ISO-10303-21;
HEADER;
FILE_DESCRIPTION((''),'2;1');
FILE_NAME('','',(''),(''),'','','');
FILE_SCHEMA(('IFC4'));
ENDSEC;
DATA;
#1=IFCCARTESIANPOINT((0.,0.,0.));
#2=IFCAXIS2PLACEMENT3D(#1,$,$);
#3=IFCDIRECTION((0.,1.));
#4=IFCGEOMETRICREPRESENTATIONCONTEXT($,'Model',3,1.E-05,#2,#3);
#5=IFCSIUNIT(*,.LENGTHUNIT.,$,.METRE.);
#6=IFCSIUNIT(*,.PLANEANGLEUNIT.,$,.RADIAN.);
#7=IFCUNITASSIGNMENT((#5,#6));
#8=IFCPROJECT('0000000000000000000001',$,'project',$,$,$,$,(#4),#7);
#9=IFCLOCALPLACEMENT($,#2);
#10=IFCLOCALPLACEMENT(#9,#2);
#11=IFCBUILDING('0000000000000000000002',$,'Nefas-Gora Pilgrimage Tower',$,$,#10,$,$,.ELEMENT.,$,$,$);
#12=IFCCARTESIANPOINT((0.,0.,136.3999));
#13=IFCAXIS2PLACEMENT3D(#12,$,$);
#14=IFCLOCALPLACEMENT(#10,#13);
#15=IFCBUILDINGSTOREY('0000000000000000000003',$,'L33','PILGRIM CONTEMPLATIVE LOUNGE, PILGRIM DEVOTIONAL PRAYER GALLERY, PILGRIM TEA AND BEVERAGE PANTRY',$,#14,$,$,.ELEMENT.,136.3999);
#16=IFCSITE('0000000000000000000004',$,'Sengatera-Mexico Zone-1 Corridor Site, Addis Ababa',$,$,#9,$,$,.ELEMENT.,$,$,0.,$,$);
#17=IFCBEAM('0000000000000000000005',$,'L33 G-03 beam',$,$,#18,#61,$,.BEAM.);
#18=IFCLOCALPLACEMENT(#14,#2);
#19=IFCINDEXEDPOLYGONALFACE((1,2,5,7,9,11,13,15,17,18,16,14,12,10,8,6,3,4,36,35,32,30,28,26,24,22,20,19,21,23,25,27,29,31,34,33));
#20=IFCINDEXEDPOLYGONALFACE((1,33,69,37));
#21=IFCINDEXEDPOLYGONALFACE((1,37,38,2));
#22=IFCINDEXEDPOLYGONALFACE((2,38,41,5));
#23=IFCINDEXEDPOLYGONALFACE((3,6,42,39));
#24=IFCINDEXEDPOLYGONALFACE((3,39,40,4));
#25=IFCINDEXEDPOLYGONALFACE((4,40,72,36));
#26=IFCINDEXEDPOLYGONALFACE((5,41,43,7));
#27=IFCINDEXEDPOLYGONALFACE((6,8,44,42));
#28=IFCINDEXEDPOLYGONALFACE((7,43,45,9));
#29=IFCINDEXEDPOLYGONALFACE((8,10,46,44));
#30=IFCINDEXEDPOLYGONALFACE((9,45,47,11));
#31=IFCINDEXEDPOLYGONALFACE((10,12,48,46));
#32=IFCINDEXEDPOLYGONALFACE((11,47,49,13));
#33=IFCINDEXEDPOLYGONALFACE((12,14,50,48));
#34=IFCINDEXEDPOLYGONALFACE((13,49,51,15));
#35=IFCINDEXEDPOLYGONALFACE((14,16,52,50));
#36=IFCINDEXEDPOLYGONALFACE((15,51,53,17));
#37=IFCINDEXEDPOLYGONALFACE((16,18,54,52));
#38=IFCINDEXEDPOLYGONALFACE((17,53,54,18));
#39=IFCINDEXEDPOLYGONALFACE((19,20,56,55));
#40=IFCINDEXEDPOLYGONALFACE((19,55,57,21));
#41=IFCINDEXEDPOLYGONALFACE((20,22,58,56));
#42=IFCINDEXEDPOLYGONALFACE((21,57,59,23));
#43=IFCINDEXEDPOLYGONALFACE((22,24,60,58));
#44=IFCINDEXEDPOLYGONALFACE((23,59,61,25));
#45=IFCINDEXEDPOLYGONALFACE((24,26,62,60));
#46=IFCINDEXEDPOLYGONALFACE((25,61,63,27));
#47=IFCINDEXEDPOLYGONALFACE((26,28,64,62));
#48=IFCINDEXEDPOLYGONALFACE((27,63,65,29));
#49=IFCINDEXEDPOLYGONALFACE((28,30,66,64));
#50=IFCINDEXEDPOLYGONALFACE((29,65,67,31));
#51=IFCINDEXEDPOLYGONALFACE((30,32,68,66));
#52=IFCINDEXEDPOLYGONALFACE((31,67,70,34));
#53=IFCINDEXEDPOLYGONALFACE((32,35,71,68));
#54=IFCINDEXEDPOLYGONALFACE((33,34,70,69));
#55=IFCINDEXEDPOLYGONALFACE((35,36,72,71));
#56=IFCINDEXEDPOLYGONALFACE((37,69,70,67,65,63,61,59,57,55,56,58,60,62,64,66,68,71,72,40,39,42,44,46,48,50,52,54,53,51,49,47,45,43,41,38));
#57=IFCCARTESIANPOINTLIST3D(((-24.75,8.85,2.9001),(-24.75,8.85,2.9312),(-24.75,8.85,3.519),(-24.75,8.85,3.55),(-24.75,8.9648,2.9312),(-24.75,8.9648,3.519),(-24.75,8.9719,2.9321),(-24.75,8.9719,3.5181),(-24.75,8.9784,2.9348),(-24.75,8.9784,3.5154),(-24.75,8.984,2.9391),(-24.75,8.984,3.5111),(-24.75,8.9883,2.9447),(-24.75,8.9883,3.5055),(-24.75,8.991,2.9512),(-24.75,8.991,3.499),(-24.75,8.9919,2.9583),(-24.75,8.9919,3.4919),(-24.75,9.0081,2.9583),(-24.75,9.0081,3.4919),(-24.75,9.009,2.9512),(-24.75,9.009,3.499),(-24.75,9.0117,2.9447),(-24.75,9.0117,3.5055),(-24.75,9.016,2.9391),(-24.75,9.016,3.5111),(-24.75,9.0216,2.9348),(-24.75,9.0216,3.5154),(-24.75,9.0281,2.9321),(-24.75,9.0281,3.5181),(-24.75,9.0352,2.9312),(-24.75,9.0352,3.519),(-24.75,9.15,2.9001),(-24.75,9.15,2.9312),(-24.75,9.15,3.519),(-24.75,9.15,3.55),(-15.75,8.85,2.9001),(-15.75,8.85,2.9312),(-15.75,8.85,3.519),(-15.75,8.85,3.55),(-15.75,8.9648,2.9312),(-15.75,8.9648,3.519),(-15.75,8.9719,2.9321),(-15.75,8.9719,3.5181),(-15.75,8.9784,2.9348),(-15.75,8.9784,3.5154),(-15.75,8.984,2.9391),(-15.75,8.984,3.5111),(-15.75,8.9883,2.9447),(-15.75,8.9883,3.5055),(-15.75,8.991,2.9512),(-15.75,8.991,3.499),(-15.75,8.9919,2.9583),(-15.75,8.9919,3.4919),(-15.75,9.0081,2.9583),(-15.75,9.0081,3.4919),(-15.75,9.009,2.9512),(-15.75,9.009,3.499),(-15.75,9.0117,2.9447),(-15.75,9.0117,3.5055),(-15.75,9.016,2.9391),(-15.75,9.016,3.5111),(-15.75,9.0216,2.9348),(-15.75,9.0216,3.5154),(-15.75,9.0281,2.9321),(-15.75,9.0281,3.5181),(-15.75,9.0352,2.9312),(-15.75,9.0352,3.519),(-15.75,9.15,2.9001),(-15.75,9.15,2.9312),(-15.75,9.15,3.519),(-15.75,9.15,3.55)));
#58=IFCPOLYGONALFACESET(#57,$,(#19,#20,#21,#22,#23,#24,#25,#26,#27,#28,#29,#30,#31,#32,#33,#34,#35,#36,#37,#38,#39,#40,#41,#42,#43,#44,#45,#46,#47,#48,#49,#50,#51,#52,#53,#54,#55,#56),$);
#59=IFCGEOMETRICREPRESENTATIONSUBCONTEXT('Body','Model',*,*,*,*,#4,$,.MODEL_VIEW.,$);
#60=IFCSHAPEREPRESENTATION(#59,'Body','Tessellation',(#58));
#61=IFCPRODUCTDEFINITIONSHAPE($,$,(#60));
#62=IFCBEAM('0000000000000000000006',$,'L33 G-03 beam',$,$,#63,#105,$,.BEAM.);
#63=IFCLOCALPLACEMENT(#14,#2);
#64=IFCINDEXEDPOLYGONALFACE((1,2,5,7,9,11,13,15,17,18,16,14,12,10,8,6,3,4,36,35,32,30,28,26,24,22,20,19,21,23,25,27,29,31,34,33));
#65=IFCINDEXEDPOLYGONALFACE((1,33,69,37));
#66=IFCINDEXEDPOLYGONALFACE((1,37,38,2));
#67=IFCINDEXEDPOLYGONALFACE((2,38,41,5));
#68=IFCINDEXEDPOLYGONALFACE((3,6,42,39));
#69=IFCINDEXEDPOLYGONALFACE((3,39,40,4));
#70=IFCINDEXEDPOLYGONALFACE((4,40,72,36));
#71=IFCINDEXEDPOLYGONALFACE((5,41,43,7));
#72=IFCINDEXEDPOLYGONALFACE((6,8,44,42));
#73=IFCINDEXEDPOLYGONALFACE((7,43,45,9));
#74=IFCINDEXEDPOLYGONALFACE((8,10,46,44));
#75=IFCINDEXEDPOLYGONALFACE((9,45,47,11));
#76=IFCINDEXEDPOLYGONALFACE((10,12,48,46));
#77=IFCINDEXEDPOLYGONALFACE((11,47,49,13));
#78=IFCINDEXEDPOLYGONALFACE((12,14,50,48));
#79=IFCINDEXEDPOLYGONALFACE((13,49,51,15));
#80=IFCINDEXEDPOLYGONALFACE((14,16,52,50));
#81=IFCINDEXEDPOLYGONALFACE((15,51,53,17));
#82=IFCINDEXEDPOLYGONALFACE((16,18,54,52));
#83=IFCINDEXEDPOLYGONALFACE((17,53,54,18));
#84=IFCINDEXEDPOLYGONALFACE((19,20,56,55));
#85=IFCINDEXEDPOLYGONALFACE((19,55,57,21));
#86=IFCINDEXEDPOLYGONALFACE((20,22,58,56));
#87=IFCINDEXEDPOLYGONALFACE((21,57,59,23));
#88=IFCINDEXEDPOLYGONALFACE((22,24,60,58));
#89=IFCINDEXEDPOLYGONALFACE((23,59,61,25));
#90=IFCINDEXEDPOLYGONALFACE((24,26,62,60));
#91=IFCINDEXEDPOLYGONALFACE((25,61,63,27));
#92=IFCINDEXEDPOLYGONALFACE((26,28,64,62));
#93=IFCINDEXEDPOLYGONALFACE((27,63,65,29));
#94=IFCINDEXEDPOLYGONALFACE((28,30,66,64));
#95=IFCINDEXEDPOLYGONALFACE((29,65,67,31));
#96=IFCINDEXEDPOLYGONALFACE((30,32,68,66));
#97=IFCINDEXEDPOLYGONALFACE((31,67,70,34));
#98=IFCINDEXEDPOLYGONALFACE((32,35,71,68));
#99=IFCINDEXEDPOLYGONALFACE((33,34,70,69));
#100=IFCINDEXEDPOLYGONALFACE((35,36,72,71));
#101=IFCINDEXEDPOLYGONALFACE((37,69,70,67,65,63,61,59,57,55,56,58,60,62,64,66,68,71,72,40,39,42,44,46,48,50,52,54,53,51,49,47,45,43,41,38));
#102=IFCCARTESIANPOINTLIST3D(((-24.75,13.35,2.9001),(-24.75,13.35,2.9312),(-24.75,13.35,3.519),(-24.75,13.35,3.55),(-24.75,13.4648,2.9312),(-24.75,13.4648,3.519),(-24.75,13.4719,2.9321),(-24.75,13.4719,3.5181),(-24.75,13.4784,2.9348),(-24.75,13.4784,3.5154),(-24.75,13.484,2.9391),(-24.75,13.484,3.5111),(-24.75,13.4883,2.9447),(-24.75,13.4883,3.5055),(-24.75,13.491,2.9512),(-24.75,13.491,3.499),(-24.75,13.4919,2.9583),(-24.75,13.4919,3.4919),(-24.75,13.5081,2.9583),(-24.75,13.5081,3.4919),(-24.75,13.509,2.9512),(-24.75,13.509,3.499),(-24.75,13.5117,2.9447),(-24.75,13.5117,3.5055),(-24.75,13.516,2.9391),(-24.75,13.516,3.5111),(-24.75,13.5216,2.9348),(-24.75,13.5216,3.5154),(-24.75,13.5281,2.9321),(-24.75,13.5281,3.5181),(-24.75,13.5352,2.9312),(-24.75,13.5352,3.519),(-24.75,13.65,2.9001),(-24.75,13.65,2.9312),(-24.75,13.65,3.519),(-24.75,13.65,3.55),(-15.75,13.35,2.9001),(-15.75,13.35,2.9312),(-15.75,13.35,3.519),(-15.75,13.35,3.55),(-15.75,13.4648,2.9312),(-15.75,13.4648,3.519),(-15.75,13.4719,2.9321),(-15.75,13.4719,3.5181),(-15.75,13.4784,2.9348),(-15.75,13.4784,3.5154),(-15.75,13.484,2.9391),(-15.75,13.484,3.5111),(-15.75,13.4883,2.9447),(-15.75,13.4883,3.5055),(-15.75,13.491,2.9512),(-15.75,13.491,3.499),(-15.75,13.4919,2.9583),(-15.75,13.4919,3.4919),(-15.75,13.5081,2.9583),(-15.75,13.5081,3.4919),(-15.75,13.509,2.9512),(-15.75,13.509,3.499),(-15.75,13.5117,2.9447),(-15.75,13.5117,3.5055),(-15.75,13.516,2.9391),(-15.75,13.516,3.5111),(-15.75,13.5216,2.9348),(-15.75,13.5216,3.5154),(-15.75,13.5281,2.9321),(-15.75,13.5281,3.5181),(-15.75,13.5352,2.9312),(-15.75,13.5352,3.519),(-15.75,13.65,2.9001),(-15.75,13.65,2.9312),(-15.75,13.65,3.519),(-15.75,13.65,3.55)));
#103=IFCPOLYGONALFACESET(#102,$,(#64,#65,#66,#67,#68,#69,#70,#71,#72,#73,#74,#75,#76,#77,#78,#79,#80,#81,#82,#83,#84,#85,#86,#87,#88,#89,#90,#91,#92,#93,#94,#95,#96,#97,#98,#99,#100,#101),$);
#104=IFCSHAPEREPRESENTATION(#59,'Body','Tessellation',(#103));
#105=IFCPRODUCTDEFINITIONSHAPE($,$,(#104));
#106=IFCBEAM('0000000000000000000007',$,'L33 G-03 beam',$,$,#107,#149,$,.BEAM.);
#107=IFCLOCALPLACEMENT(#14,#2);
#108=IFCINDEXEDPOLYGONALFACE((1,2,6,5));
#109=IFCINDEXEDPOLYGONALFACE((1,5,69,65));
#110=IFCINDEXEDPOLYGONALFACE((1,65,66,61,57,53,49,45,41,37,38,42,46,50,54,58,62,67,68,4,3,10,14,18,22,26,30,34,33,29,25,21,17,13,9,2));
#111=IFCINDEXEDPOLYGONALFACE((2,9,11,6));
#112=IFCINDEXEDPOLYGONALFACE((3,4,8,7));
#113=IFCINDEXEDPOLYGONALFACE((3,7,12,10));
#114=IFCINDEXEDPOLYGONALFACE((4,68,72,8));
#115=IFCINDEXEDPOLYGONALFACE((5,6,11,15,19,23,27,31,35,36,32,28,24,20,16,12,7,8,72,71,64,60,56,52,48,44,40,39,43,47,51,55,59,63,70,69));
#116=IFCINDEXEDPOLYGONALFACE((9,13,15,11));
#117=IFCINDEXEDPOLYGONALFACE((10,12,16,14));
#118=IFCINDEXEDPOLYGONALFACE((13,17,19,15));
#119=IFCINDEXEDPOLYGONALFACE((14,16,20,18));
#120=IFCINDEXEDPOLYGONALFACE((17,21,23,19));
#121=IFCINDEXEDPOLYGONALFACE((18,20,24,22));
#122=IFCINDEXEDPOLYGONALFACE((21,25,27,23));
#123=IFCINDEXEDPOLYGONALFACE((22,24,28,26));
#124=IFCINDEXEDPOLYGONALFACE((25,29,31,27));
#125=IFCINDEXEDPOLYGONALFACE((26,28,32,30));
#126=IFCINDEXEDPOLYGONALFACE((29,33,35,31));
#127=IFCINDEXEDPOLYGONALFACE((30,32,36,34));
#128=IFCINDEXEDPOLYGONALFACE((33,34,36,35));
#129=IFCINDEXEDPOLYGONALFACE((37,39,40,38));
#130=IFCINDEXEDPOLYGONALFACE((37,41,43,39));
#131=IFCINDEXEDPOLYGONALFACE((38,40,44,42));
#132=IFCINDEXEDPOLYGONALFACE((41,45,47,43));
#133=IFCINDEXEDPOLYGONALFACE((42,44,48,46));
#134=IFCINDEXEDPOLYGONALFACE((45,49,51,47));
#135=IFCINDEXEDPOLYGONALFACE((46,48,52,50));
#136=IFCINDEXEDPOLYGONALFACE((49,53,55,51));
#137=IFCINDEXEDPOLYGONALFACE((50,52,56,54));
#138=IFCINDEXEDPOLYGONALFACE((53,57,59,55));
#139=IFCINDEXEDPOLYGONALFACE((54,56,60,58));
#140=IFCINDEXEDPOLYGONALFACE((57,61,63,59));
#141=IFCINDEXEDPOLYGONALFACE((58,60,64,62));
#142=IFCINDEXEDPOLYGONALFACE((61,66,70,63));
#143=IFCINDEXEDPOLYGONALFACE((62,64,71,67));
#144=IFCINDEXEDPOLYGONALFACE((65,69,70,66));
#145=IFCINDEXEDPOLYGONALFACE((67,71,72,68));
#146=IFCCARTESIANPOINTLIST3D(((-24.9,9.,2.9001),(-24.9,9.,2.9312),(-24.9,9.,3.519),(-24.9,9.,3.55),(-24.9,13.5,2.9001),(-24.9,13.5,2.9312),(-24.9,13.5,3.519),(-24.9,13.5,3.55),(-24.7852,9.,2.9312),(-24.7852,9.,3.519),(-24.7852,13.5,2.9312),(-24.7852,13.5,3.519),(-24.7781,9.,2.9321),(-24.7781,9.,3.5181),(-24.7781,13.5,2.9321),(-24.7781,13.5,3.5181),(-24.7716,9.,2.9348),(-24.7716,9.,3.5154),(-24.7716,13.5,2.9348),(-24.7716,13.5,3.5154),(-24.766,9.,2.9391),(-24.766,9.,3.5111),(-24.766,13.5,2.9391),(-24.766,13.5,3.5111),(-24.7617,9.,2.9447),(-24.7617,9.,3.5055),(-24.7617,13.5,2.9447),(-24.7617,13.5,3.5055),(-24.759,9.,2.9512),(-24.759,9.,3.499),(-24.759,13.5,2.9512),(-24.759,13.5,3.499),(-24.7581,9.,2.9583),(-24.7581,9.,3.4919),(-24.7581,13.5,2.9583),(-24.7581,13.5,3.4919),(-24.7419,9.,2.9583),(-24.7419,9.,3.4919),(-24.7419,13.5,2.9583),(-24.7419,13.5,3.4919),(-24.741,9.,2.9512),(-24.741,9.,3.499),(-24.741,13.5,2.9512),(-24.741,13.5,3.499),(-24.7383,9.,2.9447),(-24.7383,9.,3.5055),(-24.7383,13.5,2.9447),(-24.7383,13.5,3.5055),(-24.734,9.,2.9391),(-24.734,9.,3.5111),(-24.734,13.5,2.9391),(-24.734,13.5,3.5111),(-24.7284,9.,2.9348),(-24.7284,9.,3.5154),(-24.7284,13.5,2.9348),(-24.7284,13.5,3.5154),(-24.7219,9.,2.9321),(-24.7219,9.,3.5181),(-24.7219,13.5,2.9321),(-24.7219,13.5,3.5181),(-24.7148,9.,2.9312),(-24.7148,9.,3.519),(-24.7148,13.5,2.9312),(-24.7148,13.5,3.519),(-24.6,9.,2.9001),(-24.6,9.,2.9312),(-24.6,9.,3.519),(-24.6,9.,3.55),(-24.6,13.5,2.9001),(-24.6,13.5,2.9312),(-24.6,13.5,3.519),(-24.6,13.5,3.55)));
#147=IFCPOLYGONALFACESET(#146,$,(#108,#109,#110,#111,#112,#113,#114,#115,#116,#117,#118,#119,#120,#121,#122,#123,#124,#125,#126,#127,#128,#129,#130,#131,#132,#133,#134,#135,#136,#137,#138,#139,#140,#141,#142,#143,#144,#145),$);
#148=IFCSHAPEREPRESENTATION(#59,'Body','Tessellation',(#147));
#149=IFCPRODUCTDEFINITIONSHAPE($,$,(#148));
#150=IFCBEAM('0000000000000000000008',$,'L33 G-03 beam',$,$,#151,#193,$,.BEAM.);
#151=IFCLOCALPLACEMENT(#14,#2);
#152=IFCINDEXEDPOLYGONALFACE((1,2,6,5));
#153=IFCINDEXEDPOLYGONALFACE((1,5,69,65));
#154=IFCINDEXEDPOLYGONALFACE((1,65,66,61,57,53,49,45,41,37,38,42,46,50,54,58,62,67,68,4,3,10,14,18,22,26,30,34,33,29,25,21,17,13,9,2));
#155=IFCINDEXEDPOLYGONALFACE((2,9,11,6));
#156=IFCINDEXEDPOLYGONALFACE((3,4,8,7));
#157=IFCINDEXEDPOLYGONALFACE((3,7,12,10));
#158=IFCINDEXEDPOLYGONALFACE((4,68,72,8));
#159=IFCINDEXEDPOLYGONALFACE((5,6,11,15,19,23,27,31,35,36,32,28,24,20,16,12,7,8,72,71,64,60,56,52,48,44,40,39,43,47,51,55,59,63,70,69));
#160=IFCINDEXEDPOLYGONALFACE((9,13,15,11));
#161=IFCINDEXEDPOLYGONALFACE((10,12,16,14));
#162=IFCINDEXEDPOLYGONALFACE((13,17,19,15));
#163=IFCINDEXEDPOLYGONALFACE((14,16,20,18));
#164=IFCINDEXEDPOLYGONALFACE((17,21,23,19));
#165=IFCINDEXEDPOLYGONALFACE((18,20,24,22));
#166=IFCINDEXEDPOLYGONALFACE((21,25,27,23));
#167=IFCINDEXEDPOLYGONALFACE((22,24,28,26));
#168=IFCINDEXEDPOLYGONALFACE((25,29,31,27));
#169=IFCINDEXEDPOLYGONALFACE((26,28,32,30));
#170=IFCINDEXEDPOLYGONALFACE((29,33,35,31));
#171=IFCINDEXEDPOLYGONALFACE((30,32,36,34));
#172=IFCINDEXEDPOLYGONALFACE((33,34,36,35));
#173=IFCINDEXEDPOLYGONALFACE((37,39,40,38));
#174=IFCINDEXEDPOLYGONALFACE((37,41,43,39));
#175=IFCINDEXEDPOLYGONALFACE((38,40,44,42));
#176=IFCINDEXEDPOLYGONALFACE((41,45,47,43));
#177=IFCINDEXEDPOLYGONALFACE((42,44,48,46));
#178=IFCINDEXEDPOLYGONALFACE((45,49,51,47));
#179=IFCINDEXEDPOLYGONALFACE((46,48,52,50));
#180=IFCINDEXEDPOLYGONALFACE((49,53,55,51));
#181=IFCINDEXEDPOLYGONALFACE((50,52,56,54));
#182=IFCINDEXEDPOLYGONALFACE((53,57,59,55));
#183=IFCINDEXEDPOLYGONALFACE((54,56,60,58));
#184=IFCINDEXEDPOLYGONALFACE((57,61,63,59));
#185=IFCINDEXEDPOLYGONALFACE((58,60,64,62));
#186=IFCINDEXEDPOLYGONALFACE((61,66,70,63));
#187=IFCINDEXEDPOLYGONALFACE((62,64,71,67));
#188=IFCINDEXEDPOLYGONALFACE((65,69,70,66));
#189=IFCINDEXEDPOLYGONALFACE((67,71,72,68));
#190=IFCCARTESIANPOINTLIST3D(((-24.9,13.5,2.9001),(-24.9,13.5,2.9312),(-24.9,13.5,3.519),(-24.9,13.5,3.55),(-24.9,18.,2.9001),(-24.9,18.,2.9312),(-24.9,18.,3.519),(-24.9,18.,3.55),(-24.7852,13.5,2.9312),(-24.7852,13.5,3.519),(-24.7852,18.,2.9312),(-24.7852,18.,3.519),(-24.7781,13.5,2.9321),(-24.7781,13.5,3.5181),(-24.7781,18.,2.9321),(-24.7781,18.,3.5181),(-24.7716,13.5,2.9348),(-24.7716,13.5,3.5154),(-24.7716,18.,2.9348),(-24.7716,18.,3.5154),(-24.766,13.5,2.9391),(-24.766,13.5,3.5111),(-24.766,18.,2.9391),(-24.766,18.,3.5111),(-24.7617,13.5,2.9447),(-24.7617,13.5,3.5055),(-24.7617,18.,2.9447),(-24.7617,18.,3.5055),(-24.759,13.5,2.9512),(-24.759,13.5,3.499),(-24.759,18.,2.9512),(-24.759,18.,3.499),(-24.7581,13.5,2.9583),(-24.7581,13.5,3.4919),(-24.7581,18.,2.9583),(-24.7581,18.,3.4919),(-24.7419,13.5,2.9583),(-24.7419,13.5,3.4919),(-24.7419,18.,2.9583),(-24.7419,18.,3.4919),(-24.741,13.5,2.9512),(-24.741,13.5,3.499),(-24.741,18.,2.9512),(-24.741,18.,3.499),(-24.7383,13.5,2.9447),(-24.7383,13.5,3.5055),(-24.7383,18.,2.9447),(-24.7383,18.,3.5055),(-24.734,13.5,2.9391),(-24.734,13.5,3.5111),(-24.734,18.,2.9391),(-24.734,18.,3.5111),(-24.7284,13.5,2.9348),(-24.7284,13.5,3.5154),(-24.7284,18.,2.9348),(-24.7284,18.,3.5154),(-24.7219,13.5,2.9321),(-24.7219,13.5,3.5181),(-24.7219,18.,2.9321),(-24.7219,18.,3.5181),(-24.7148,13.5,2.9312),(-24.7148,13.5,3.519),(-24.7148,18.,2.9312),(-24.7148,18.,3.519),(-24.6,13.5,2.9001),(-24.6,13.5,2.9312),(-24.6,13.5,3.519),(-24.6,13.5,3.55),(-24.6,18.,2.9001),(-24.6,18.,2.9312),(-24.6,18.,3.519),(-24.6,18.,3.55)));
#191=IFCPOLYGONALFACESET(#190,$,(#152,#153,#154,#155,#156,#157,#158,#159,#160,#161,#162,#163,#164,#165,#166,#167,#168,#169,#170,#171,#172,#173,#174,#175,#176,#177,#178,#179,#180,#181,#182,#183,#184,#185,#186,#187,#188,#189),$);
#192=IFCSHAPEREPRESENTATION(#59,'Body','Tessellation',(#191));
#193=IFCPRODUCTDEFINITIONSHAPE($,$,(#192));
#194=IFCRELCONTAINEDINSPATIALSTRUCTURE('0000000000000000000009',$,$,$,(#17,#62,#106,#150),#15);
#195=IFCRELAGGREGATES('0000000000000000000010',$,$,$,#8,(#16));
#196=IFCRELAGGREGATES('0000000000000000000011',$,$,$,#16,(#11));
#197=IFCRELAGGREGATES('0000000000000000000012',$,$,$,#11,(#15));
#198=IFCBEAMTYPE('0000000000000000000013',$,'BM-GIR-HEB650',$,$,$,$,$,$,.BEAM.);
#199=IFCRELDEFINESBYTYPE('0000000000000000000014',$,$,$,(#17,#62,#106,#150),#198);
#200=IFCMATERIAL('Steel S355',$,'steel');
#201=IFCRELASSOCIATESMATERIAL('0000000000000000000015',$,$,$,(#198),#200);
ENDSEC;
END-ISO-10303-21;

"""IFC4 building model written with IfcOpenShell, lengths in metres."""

from ifc_helpers import new_model, si_unit, direction, frame, origin, origin_2d, place, context, subcontext, project, spatial, i_section, extrude, source, transform, mapped, material, material_profile, profile_set, type_object, element, save


model = new_model("IFC4")

# Units and contexts
model_context = context("Model", 3, precision=1e-05, world=origin(), true_north=direction((0.0, 1.0)))
body_context = subcontext(model_context, "Body", "Model", "MODEL_VIEW")
ifc_project = project(units=[si_unit("LENGTHUNIT", "METRE"), si_unit("PLANEANGLEUNIT", "RADIAN")], contexts=[model_context])

# Site, building, storey
site_placement = place(None, origin())
site = spatial("IfcSite", under=ifc_project, at=site_placement, Name="Sengatera-Mexico Zone-1 Corridor Site, Addis Ababa", CompositionType="ELEMENT", RefElevation=0.0)
building_placement = place(site_placement, origin())
building = spatial("IfcBuilding", under=site, at=building_placement, Name="Nefas-Gora Pilgrimage Tower", CompositionType="ELEMENT")
storey_placement = place(building_placement, frame((0.0, 0.0, 136.3999)))
storey = spatial("IfcBuildingStorey", under=building, at=storey_placement, Name="L33", Description="PILGRIM CONTEMPLATIVE LOUNGE, PILGRIM DEVOTIONAL PRAYER GALLERY, PILGRIM TEA AND BEVERAGE PANTRY", CompositionType="ELEMENT", Elevation=136.3999)

# Beams
ifc_material_1 = material(Name="Steel S355", Category="steel")
ifc_material_profile_1 = material_profile(ifc_material_1, i_section(OverallWidth=0.3, OverallDepth=0.6499, WebThickness=0.0161, FlangeThickness=0.031, FilletRadius=0.0271, at=origin_2d()), Name="HEB 650")
ifc_profile_set_1 = profile_set([ifc_material_profile_1], Name="Steel S355")
beam_type_1 = type_object("IfcBeamType", Name="BM-GIR-HEB650", PredefinedType="BEAM", material=ifc_profile_set_1)
shared_shape_1 = source(origin(), body_context, "Body", "SweptSolid", [
    extrude(i_section(OverallWidth=0.3, OverallDepth=0.6499, WebThickness=0.0161, FlangeThickness=0.031, FilletRadius=0.0271, at=origin_2d()), origin(), (0.0, 0.0, 1.0), 9.0),
])
for number, where, z_axis, x_axis, name in (
    (1, (-24.75, 9.0, 3.2251), (1.0, 0.0, 0.0), (0.0, 1.0, 0.0), "L33 G-03 beam"),
    (2, (-24.75, 13.5, 3.2251), (1.0, 0.0, 0.0), (0.0, 1.0, 0.0), "L33 G-03 beam"),
):
    element("IfcBeam", number, at=place(storey_placement, frame(where, z_axis=z_axis, x_axis=x_axis)), inside=storey, type_object=beam_type_1, Name=name, PredefinedType="BEAM", context=body_context, shape_type="MappedRepresentation", body=[
        mapped(shared_shape_1, transform((0.0, 0.0, 0.0), x_axis=(1.0, 0.0, 0.0), y_axis=(0.0, 1.0, 0.0), z_axis=(0.0, 0.0, 1.0), scale=1.0)),
    ])
shared_shape_2 = source(origin(), body_context, "Body", "SweptSolid", [
    extrude(i_section(OverallWidth=0.3, OverallDepth=0.6499, WebThickness=0.0161, FlangeThickness=0.031, FilletRadius=0.0271, at=origin_2d()), origin(), (0.0, 0.0, 1.0), 4.5),
])
for number, where, z_axis, x_axis, name in (
    (3, (-24.75, 9.0, 3.2251), (0.0, 1.0, 0.0), (-1.0, 0.0, 0.0), "L33 G-03 beam"),
    (4, (-24.75, 13.5, 3.2251), (0.0, 1.0, 0.0), (-1.0, 0.0, 0.0), "L33 G-03 beam"),
):
    element("IfcBeam", number, at=place(storey_placement, frame(where, z_axis=z_axis, x_axis=x_axis)), inside=storey, type_object=beam_type_1, Name=name, PredefinedType="BEAM", context=body_context, shape_type="MappedRepresentation", body=[
        mapped(shared_shape_2, transform((0.0, 0.0, 0.0), x_axis=(1.0, 0.0, 0.0), y_axis=(0.0, 1.0, 0.0), z_axis=(0.0, 0.0, 1.0), scale=1.0)),
    ])

save(model, "model.ifc")
